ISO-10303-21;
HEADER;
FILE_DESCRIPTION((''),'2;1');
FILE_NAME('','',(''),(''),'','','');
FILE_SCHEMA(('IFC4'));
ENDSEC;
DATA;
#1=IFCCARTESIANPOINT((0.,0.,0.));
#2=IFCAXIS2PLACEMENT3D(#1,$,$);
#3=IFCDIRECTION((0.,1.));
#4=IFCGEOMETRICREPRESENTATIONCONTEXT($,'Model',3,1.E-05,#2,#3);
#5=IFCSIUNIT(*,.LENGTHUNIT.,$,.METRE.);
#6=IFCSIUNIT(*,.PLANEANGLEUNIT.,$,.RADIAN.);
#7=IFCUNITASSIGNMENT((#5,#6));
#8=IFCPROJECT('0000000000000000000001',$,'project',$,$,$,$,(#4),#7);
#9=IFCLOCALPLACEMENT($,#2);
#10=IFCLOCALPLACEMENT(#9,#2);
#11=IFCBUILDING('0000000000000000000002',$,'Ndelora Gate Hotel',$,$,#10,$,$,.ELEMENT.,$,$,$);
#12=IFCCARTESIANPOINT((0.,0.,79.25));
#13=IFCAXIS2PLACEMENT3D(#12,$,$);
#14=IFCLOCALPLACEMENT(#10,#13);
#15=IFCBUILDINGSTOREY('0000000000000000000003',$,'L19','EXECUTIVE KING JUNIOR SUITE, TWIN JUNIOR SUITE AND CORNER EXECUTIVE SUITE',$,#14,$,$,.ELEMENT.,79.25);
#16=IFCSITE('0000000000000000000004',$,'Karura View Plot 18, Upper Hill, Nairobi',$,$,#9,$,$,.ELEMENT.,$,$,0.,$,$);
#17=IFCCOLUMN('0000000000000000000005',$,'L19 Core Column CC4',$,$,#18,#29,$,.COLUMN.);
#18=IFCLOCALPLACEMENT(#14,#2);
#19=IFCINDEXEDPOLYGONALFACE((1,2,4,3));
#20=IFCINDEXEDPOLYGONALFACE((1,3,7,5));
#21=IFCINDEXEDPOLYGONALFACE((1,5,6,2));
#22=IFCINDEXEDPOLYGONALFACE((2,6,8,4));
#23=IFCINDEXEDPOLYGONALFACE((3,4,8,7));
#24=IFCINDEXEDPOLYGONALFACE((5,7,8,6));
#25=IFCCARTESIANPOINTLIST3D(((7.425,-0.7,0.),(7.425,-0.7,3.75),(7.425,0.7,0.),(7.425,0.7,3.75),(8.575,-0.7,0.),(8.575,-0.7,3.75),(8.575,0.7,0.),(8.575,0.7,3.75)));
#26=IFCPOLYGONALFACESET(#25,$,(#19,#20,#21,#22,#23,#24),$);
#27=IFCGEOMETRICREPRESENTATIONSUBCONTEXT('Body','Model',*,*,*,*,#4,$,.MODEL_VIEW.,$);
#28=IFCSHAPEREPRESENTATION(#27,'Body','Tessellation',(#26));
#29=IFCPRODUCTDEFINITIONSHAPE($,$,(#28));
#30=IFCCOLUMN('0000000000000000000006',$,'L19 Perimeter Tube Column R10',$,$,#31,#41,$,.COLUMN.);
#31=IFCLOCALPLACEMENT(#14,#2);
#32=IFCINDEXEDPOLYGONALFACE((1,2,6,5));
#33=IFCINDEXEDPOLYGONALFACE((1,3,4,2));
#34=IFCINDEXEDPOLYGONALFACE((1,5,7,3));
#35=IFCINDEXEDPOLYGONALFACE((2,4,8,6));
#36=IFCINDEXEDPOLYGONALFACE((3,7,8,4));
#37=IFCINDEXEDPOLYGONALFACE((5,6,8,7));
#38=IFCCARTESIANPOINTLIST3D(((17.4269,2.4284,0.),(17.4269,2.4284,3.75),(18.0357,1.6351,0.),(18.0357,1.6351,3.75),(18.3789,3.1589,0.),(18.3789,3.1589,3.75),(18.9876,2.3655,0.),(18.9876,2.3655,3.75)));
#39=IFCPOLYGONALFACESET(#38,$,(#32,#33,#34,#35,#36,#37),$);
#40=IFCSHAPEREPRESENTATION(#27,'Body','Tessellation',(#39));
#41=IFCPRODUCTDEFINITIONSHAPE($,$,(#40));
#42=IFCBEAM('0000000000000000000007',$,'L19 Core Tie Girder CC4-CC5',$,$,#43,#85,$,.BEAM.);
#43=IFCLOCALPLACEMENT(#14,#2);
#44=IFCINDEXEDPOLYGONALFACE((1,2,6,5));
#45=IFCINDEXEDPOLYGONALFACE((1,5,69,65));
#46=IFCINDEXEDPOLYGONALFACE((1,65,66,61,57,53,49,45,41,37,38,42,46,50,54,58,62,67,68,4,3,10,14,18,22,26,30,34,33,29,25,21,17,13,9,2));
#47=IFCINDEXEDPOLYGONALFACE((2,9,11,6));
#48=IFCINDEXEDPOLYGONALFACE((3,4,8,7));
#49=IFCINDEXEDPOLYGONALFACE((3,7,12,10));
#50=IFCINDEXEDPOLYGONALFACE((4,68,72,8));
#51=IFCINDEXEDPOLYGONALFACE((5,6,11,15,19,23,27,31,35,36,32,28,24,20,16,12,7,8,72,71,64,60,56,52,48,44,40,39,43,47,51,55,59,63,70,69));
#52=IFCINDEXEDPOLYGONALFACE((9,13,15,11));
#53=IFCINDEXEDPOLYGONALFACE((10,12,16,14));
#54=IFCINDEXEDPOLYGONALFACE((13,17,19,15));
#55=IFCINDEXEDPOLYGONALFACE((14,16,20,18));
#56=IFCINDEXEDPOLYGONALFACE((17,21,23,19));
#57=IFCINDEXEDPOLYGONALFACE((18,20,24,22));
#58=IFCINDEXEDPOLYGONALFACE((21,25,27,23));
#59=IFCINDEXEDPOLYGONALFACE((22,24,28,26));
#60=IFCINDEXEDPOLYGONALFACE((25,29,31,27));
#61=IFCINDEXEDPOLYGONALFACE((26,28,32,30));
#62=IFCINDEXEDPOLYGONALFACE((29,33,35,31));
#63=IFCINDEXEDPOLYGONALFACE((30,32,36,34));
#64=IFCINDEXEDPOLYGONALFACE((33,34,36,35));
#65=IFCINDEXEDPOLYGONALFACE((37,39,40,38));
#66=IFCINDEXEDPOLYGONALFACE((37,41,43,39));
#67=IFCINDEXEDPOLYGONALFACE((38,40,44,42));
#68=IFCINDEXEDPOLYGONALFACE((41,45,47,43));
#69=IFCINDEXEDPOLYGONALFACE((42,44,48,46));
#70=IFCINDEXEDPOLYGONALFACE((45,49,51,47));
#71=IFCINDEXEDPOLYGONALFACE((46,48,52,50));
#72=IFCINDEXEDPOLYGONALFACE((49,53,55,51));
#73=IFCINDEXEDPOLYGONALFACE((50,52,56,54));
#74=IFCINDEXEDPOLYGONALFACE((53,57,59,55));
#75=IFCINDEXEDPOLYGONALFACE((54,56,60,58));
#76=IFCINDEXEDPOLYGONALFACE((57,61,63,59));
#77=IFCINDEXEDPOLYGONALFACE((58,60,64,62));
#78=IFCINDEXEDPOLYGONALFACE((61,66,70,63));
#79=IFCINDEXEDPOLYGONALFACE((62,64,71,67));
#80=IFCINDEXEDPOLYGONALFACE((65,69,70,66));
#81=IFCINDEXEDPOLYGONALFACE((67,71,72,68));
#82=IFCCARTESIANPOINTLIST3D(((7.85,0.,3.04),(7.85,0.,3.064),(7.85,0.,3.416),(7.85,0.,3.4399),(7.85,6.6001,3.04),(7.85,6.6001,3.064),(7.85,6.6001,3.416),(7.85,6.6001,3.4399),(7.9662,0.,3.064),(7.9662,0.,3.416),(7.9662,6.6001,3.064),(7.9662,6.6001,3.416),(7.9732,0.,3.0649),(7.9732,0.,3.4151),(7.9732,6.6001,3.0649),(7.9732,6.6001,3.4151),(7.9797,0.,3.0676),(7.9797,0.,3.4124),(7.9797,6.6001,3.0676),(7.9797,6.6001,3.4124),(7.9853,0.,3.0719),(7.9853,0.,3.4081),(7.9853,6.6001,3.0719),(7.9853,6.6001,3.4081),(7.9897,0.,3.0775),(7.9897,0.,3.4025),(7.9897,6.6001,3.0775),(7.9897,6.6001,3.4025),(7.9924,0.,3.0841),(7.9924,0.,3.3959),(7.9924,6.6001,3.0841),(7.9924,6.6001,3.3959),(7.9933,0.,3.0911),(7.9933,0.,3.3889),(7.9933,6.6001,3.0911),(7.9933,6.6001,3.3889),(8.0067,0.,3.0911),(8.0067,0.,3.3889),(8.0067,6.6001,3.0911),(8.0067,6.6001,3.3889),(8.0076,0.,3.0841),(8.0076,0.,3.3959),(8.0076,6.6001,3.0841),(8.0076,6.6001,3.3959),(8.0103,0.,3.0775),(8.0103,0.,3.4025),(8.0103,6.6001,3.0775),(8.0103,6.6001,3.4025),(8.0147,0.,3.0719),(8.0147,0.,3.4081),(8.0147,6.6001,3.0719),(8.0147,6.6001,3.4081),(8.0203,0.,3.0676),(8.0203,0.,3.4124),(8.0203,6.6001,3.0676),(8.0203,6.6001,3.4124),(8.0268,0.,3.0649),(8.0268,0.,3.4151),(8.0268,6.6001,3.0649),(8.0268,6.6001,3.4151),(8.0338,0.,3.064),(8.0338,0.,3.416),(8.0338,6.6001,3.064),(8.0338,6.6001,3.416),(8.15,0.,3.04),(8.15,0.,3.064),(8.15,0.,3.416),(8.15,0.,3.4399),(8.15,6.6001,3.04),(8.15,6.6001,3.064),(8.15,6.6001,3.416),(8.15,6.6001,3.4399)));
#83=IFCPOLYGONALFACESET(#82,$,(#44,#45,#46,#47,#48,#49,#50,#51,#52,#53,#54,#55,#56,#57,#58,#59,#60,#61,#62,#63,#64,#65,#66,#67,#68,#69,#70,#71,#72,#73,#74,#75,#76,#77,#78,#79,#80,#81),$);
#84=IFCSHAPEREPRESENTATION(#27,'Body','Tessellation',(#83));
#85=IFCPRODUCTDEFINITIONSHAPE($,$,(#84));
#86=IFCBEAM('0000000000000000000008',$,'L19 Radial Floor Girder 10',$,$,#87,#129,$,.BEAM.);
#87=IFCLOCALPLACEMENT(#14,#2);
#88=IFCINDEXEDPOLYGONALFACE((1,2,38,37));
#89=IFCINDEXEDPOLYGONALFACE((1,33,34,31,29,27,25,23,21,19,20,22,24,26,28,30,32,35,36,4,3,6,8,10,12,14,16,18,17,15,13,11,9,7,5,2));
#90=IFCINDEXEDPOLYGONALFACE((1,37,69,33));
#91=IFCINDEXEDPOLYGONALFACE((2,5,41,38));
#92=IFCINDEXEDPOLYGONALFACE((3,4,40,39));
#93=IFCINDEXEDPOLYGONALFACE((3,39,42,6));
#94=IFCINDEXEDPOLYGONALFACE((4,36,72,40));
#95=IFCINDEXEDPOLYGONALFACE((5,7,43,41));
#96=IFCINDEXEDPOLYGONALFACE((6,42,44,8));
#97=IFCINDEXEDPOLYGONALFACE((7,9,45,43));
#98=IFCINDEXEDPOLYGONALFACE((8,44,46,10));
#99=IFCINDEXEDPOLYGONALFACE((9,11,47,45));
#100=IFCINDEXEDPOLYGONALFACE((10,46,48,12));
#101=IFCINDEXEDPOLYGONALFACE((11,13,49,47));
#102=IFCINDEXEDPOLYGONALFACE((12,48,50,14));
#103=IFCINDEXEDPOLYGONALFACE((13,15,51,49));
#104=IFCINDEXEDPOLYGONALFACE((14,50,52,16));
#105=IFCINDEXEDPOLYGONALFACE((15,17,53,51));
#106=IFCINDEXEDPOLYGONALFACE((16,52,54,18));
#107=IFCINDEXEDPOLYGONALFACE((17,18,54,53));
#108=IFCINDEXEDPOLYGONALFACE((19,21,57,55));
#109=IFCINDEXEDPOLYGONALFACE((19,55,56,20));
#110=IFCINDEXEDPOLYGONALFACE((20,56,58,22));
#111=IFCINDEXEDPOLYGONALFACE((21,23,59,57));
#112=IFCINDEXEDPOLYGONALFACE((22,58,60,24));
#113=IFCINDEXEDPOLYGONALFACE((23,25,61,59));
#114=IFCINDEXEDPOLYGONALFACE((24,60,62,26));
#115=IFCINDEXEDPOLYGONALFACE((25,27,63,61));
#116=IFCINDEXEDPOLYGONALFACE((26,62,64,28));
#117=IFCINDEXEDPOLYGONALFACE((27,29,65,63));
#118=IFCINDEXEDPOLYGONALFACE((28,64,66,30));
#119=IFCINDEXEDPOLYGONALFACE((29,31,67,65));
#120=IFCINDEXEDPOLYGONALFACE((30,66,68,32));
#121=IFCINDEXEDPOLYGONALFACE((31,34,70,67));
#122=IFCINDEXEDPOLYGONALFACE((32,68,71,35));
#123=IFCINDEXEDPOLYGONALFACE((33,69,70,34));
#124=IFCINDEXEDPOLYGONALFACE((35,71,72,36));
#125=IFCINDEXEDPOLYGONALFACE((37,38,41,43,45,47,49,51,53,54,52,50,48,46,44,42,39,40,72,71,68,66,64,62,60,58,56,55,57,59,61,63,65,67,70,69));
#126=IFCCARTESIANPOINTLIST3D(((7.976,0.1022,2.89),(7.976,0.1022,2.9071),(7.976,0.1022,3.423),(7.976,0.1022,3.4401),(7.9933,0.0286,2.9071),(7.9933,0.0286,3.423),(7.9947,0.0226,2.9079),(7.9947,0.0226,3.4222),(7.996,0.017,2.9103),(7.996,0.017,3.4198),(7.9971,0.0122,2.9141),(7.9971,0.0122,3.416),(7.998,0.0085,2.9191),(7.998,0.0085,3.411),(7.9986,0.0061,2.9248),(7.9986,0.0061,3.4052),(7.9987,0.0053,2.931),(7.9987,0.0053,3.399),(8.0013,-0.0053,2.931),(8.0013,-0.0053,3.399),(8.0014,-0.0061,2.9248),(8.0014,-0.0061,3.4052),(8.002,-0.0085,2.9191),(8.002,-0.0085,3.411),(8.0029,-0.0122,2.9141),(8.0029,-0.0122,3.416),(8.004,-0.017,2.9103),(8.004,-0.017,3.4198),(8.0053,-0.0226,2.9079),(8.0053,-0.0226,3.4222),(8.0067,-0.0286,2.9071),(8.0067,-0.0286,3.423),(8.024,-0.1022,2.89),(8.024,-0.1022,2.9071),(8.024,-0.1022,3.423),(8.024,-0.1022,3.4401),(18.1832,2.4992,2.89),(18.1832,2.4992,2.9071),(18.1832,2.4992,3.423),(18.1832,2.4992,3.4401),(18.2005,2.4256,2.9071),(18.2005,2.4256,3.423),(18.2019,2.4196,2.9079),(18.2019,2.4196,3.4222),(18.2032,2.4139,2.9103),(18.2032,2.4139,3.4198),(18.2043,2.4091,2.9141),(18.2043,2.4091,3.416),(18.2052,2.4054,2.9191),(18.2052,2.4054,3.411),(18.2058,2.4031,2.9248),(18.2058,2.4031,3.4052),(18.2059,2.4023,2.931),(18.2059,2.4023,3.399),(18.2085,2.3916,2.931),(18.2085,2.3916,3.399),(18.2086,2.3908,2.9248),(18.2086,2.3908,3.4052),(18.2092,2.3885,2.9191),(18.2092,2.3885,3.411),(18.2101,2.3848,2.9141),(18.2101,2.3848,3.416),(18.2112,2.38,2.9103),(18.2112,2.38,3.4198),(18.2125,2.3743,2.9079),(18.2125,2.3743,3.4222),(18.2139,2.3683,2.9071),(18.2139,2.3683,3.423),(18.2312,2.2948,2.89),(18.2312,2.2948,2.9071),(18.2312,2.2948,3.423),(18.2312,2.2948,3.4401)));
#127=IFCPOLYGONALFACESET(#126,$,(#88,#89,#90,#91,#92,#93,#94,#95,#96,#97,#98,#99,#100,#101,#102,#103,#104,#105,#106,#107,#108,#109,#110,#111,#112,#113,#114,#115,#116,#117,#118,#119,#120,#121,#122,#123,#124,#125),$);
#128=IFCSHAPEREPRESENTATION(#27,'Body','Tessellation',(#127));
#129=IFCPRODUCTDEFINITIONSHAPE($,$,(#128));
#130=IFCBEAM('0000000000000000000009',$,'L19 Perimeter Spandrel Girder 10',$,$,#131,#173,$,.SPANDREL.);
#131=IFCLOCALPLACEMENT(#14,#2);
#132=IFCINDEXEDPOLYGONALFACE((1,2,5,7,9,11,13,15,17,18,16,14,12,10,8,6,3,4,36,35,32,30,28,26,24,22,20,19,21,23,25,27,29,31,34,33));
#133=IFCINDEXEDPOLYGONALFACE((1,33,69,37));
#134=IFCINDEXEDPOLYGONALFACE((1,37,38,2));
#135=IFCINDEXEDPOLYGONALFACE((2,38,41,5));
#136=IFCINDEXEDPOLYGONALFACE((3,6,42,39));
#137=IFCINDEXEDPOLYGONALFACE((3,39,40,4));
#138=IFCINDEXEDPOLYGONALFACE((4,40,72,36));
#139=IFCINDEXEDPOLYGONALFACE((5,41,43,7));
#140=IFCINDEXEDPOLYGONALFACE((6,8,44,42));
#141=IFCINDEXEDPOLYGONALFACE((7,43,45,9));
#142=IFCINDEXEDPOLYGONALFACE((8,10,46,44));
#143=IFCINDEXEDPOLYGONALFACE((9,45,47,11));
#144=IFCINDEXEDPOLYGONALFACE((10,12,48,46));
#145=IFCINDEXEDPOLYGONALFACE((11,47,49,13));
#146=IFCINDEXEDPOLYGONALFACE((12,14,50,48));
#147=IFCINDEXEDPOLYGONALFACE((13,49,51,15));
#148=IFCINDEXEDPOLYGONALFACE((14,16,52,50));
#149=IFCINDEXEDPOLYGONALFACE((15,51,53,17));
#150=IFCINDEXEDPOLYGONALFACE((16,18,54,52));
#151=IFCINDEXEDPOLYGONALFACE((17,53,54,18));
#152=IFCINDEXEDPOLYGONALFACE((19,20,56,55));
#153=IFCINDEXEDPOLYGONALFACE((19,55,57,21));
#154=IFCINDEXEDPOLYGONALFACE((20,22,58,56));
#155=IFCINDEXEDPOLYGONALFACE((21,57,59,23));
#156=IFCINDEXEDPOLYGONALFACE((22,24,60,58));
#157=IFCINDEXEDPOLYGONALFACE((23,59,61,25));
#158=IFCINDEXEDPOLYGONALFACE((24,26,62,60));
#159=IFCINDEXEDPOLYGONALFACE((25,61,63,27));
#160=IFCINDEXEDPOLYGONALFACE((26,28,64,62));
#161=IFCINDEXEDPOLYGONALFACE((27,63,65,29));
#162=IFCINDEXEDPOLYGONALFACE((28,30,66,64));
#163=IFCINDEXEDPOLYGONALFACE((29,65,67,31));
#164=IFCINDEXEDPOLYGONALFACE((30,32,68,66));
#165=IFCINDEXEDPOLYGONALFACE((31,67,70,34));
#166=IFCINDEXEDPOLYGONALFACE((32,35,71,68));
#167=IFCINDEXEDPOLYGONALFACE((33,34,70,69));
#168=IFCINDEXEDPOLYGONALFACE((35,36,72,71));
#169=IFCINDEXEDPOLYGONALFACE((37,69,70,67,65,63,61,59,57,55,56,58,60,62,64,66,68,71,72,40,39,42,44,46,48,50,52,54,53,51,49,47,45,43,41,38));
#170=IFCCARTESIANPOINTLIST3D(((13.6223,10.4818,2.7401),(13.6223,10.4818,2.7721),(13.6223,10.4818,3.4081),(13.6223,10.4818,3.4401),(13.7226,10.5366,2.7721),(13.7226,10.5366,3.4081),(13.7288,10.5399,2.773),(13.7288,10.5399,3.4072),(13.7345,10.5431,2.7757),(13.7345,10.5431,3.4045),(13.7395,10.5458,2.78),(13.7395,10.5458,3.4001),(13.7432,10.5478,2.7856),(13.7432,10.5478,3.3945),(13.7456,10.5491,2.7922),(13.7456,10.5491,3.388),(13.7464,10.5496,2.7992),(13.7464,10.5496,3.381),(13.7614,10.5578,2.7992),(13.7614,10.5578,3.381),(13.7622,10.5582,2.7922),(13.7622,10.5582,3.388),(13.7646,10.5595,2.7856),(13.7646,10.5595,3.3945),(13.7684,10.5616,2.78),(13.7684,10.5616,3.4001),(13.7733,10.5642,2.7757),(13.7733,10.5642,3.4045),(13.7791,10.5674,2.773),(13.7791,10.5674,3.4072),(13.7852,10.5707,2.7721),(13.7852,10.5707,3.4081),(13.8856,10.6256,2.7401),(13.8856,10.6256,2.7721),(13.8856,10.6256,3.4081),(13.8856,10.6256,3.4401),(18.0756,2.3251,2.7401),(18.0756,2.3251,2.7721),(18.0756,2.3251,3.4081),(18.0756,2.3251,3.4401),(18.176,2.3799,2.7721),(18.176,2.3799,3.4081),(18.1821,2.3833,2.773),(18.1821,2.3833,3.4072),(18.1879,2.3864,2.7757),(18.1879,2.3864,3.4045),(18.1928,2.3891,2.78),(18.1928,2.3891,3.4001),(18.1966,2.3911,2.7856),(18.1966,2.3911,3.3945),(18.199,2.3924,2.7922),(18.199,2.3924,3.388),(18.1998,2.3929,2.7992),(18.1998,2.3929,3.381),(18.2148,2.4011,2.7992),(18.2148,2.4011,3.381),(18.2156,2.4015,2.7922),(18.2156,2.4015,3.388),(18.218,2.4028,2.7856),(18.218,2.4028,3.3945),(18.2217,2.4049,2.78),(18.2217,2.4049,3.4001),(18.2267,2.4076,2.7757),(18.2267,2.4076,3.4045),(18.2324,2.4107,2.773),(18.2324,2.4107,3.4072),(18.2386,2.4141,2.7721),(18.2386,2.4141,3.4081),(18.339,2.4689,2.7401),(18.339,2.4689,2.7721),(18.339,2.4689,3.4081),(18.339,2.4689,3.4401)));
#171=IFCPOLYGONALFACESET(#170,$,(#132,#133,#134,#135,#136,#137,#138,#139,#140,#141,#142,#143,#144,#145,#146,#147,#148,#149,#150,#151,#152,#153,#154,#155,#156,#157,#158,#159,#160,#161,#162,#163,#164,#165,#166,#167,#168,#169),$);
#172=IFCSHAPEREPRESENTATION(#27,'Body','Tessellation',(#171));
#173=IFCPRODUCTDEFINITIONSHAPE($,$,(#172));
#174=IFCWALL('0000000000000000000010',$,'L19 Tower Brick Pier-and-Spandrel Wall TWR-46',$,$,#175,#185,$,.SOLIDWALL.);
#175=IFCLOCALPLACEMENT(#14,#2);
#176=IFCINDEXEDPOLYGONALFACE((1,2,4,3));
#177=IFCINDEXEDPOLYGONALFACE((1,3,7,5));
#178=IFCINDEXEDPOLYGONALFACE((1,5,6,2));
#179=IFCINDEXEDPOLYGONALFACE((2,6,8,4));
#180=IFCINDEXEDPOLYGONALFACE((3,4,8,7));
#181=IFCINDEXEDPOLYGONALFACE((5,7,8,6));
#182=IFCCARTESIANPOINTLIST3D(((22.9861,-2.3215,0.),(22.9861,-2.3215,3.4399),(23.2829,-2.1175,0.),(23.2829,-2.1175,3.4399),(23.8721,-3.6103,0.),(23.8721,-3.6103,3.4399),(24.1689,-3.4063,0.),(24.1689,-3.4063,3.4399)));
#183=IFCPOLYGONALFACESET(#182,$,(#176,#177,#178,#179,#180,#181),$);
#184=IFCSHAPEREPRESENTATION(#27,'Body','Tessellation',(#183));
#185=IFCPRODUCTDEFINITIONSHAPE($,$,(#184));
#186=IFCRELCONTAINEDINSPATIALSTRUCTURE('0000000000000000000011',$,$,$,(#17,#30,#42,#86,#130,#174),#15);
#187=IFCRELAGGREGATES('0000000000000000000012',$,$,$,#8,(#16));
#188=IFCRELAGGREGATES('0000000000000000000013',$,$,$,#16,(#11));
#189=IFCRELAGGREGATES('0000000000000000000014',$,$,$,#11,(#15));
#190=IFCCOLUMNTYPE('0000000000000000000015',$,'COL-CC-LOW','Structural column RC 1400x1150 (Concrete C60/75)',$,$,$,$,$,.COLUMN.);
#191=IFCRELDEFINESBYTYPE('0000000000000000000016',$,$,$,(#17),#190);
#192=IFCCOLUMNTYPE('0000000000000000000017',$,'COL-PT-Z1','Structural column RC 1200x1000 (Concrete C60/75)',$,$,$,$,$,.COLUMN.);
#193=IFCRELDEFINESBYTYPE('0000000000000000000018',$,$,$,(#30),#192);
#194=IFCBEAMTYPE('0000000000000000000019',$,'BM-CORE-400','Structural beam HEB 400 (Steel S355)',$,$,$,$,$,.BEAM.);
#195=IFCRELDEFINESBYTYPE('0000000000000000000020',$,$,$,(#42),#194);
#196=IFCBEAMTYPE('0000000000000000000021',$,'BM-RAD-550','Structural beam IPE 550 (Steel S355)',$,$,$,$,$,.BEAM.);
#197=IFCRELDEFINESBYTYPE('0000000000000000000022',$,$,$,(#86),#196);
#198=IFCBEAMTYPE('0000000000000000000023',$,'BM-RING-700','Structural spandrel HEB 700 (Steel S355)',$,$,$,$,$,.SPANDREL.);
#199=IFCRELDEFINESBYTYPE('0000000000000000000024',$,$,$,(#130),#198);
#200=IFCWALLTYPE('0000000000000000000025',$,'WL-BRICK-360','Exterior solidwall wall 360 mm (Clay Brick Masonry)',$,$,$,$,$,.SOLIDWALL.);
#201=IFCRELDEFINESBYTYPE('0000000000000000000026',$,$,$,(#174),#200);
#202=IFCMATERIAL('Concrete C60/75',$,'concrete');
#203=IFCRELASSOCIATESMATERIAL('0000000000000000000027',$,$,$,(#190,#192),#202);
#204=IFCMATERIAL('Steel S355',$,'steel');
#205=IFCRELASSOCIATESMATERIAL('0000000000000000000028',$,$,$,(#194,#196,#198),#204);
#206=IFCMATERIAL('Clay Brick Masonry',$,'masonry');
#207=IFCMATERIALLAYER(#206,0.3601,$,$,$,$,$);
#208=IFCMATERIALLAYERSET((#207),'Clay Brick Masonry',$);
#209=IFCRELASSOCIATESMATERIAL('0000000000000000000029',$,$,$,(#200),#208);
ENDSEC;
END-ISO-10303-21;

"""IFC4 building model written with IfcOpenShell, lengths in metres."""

from ifc_helpers import new_model, si_unit, direction, frame, frame_2d, origin, origin_2d, place, context, subcontext, project, spatial, rectangle, i_section, extrude, material, layer, layer_set, material_profile, profile_set, type_object, element, save


model = new_model("IFC4")

# Units and contexts
model_context = context("Model", 3, precision=1e-05, world=origin(), true_north=direction((0.0, 1.0)))
body_context = subcontext(model_context, "Body", "Model", "MODEL_VIEW")
ifc_project = project(units=[si_unit("LENGTHUNIT", "METRE"), si_unit("PLANEANGLEUNIT", "RADIAN")], contexts=[model_context])

# Site, building, storey
site_placement = place(None, origin())
site = spatial("IfcSite", under=ifc_project, at=site_placement, Name="Karura View Plot 18, Upper Hill, Nairobi", CompositionType="ELEMENT", RefElevation=0.0)
building_placement = place(site_placement, origin())
building = spatial("IfcBuilding", under=site, at=building_placement, Name="Ndelora Gate Hotel", CompositionType="ELEMENT")
storey_placement = place(building_placement, frame((0.0, 0.0, 79.25)))
storey = spatial("IfcBuildingStorey", under=building, at=storey_placement, Name="L19", Description="EXECUTIVE KING JUNIOR SUITE, TWIN JUNIOR SUITE AND CORNER EXECUTIVE SUITE", CompositionType="ELEMENT", Elevation=79.25)

# Columns
ifc_material_1 = material(Name="Concrete C60/75", Category="concrete")
ifc_material_profile_1 = material_profile(ifc_material_1, rectangle(XDim=1.1499, YDim=1.3999, at=origin_2d()), Name="RC 1400x1150")
ifc_profile_set_1 = profile_set([ifc_material_profile_1], Name="Concrete C60/75")
column_type_1 = type_object("IfcColumnType", Name="COL-CC-LOW", Description="Structural column RC 1400x1150 (Concrete C60/75)", PredefinedType="COLUMN", material=ifc_profile_set_1)
column_1_placement = place(storey_placement, frame((8.0, 0.0, 0.0), z_axis=(0.0, 0.0, 1.0), x_axis=(1.0, 0.0, 0.0)))
element("IfcColumn", 1, at=column_1_placement, inside=storey, type_object=column_type_1, Name="L19 Core Column CC4", PredefinedType="COLUMN", context=body_context, shape_type="SweptSolid", body=[
    extrude(rectangle(XDim=1.1499, YDim=1.3999, at=origin_2d()), origin(), (0.0, 0.0, 1.0), 3.75),
])
ifc_material_profile_2 = material_profile(ifc_material_1, rectangle(XDim=1.0, YDim=1.2, at=origin_2d()), Name="RC 1200x1000")
ifc_profile_set_2 = profile_set([ifc_material_profile_2], Name="Concrete C60/75")
column_type_2 = type_object("IfcColumnType", Name="COL-PT-Z1", Description="Structural column RC 1200x1000 (Concrete C60/75)", PredefinedType="COLUMN", material=ifc_profile_set_2)
column_2_placement = place(storey_placement, frame((18.2073, 2.397, 0.0), z_axis=(0.0, 0.0, 1.0), x_axis=(-0.608761, 0.793353, 0.0)))
element("IfcColumn", 2, at=column_2_placement, inside=storey, type_object=column_type_2, Name="L19 Perimeter Tube Column R10", PredefinedType="COLUMN", context=body_context, shape_type="SweptSolid", body=[
    extrude(rectangle(XDim=1.0, YDim=1.2, at=origin_2d()), origin(), (0.0, 0.0, 1.0), 3.75),
])

# Beams
ifc_material_2 = material(Name="Steel S355", Category="steel")
ifc_material_profile_3 = material_profile(ifc_material_2, i_section(OverallWidth=0.3, OverallDepth=0.3999, WebThickness=0.0134, FlangeThickness=0.0239, FilletRadius=0.0271, at=origin_2d()), Name="HEB 400")
ifc_profile_set_3 = profile_set([ifc_material_profile_3], Name="Steel S355")
beam_type_1 = type_object("IfcBeamType", Name="BM-CORE-400", Description="Structural beam HEB 400 (Steel S355)", PredefinedType="BEAM", material=ifc_profile_set_3)
beam_1_placement = place(storey_placement, frame((8.0, 0.0, 3.24), z_axis=(0.0, 1.0, 0.0), x_axis=(-1.0, 0.0, 0.0)))
element("IfcBeam", 3, at=beam_1_placement, inside=storey, type_object=beam_type_1, Name="L19 Core Tie Girder CC4-CC5", PredefinedType="BEAM", context=body_context, shape_type="SweptSolid", body=[
    extrude(i_section(OverallWidth=0.3, OverallDepth=0.3999, WebThickness=0.0134, FlangeThickness=0.0239, FilletRadius=0.0271, at=origin_2d()), origin(), (0.0, 0.0, 1.0), 6.6001),
])
ifc_material_profile_4 = material_profile(ifc_material_2, i_section(OverallWidth=0.21, OverallDepth=0.55, WebThickness=0.011, FlangeThickness=0.0171, FilletRadius=0.0239, at=origin_2d()), Name="IPE 550")
ifc_profile_set_4 = profile_set([ifc_material_profile_4], Name="Steel S355")
beam_type_2 = type_object("IfcBeamType", Name="BM-RAD-550", Description="Structural beam IPE 550 (Steel S355)", PredefinedType="BEAM", material=ifc_profile_set_4)
beam_2_placement = place(storey_placement, frame((8.0, 0.0, 3.165), z_axis=(0.973518, 0.228611, 0.0), x_axis=(-0.228611, 0.973518, 0.0)))
element("IfcBeam", 4, at=beam_2_placement, inside=storey, type_object=beam_type_2, Name="L19 Radial Floor Girder 10", PredefinedType="BEAM", context=body_context, shape_type="SweptSolid", body=[
    extrude(i_section(OverallWidth=0.21, OverallDepth=0.55, WebThickness=0.011, FlangeThickness=0.0171, FilletRadius=0.0239, at=origin_2d()), origin(), (0.0, 0.0, 1.0), 10.4849),
])
ifc_material_profile_5 = material_profile(ifc_material_2, i_section(OverallWidth=0.3, OverallDepth=0.7, WebThickness=0.0171, FlangeThickness=0.032, FilletRadius=0.0271, at=origin_2d()), Name="HEB 700")
ifc_profile_set_5 = profile_set([ifc_material_profile_5], Name="Steel S355")
beam_type_3 = type_object("IfcBeamType", Name="BM-RING-700", Description="Structural spandrel HEB 700 (Steel S355)", PredefinedType="SPANDREL", material=ifc_profile_set_5)
beam_3_placement = place(storey_placement, frame((18.2073, 2.397, 3.0901), z_axis=(-0.479204, 0.877704, 0.0), x_axis=(-0.877704, -0.479204, 0.0)))
element("IfcBeam", 5, at=beam_3_placement, inside=storey, type_object=beam_type_3, Name="L19 Perimeter Spandrel Girder 10", PredefinedType="SPANDREL", context=body_context, shape_type="SweptSolid", body=[
    extrude(i_section(OverallWidth=0.3, OverallDepth=0.7, WebThickness=0.0171, FlangeThickness=0.032, FilletRadius=0.0271, at=origin_2d()), origin(), (0.0, 0.0, 1.0), 9.2932),
])

# Wall
ifc_material_3 = material(Name="Clay Brick Masonry", Category="masonry")
ifc_layer_1 = layer(ifc_material_3, 0.3601)
ifc_layer_set_1 = layer_set([ifc_layer_1], Name="Clay Brick Masonry")
wall_type_1 = type_object("IfcWallType", Name="WL-BRICK-360", Description="Exterior solidwall wall 360 mm (Clay Brick Masonry)", PredefinedType="SOLIDWALL", material=ifc_layer_set_1)
wall_1_placement = place(storey_placement, frame((23.1345, -2.2195, 0.0), z_axis=(0.0, 0.0, 1.0), x_axis=(0.566496, -0.824065, 0.0)))
element("IfcWall", 6, at=wall_1_placement, inside=storey, type_object=wall_type_1, Name="L19 Tower Brick Pier-and-Spandrel Wall TWR-46", PredefinedType="SOLIDWALL", context=body_context, shape_type="SweptSolid", body=[
    extrude(rectangle(XDim=1.564, YDim=0.3601, at=frame_2d((0.782, 0.0))), origin(), (0.0, 0.0, 1.0), 3.4399),
])

save(model, "model.ifc")
